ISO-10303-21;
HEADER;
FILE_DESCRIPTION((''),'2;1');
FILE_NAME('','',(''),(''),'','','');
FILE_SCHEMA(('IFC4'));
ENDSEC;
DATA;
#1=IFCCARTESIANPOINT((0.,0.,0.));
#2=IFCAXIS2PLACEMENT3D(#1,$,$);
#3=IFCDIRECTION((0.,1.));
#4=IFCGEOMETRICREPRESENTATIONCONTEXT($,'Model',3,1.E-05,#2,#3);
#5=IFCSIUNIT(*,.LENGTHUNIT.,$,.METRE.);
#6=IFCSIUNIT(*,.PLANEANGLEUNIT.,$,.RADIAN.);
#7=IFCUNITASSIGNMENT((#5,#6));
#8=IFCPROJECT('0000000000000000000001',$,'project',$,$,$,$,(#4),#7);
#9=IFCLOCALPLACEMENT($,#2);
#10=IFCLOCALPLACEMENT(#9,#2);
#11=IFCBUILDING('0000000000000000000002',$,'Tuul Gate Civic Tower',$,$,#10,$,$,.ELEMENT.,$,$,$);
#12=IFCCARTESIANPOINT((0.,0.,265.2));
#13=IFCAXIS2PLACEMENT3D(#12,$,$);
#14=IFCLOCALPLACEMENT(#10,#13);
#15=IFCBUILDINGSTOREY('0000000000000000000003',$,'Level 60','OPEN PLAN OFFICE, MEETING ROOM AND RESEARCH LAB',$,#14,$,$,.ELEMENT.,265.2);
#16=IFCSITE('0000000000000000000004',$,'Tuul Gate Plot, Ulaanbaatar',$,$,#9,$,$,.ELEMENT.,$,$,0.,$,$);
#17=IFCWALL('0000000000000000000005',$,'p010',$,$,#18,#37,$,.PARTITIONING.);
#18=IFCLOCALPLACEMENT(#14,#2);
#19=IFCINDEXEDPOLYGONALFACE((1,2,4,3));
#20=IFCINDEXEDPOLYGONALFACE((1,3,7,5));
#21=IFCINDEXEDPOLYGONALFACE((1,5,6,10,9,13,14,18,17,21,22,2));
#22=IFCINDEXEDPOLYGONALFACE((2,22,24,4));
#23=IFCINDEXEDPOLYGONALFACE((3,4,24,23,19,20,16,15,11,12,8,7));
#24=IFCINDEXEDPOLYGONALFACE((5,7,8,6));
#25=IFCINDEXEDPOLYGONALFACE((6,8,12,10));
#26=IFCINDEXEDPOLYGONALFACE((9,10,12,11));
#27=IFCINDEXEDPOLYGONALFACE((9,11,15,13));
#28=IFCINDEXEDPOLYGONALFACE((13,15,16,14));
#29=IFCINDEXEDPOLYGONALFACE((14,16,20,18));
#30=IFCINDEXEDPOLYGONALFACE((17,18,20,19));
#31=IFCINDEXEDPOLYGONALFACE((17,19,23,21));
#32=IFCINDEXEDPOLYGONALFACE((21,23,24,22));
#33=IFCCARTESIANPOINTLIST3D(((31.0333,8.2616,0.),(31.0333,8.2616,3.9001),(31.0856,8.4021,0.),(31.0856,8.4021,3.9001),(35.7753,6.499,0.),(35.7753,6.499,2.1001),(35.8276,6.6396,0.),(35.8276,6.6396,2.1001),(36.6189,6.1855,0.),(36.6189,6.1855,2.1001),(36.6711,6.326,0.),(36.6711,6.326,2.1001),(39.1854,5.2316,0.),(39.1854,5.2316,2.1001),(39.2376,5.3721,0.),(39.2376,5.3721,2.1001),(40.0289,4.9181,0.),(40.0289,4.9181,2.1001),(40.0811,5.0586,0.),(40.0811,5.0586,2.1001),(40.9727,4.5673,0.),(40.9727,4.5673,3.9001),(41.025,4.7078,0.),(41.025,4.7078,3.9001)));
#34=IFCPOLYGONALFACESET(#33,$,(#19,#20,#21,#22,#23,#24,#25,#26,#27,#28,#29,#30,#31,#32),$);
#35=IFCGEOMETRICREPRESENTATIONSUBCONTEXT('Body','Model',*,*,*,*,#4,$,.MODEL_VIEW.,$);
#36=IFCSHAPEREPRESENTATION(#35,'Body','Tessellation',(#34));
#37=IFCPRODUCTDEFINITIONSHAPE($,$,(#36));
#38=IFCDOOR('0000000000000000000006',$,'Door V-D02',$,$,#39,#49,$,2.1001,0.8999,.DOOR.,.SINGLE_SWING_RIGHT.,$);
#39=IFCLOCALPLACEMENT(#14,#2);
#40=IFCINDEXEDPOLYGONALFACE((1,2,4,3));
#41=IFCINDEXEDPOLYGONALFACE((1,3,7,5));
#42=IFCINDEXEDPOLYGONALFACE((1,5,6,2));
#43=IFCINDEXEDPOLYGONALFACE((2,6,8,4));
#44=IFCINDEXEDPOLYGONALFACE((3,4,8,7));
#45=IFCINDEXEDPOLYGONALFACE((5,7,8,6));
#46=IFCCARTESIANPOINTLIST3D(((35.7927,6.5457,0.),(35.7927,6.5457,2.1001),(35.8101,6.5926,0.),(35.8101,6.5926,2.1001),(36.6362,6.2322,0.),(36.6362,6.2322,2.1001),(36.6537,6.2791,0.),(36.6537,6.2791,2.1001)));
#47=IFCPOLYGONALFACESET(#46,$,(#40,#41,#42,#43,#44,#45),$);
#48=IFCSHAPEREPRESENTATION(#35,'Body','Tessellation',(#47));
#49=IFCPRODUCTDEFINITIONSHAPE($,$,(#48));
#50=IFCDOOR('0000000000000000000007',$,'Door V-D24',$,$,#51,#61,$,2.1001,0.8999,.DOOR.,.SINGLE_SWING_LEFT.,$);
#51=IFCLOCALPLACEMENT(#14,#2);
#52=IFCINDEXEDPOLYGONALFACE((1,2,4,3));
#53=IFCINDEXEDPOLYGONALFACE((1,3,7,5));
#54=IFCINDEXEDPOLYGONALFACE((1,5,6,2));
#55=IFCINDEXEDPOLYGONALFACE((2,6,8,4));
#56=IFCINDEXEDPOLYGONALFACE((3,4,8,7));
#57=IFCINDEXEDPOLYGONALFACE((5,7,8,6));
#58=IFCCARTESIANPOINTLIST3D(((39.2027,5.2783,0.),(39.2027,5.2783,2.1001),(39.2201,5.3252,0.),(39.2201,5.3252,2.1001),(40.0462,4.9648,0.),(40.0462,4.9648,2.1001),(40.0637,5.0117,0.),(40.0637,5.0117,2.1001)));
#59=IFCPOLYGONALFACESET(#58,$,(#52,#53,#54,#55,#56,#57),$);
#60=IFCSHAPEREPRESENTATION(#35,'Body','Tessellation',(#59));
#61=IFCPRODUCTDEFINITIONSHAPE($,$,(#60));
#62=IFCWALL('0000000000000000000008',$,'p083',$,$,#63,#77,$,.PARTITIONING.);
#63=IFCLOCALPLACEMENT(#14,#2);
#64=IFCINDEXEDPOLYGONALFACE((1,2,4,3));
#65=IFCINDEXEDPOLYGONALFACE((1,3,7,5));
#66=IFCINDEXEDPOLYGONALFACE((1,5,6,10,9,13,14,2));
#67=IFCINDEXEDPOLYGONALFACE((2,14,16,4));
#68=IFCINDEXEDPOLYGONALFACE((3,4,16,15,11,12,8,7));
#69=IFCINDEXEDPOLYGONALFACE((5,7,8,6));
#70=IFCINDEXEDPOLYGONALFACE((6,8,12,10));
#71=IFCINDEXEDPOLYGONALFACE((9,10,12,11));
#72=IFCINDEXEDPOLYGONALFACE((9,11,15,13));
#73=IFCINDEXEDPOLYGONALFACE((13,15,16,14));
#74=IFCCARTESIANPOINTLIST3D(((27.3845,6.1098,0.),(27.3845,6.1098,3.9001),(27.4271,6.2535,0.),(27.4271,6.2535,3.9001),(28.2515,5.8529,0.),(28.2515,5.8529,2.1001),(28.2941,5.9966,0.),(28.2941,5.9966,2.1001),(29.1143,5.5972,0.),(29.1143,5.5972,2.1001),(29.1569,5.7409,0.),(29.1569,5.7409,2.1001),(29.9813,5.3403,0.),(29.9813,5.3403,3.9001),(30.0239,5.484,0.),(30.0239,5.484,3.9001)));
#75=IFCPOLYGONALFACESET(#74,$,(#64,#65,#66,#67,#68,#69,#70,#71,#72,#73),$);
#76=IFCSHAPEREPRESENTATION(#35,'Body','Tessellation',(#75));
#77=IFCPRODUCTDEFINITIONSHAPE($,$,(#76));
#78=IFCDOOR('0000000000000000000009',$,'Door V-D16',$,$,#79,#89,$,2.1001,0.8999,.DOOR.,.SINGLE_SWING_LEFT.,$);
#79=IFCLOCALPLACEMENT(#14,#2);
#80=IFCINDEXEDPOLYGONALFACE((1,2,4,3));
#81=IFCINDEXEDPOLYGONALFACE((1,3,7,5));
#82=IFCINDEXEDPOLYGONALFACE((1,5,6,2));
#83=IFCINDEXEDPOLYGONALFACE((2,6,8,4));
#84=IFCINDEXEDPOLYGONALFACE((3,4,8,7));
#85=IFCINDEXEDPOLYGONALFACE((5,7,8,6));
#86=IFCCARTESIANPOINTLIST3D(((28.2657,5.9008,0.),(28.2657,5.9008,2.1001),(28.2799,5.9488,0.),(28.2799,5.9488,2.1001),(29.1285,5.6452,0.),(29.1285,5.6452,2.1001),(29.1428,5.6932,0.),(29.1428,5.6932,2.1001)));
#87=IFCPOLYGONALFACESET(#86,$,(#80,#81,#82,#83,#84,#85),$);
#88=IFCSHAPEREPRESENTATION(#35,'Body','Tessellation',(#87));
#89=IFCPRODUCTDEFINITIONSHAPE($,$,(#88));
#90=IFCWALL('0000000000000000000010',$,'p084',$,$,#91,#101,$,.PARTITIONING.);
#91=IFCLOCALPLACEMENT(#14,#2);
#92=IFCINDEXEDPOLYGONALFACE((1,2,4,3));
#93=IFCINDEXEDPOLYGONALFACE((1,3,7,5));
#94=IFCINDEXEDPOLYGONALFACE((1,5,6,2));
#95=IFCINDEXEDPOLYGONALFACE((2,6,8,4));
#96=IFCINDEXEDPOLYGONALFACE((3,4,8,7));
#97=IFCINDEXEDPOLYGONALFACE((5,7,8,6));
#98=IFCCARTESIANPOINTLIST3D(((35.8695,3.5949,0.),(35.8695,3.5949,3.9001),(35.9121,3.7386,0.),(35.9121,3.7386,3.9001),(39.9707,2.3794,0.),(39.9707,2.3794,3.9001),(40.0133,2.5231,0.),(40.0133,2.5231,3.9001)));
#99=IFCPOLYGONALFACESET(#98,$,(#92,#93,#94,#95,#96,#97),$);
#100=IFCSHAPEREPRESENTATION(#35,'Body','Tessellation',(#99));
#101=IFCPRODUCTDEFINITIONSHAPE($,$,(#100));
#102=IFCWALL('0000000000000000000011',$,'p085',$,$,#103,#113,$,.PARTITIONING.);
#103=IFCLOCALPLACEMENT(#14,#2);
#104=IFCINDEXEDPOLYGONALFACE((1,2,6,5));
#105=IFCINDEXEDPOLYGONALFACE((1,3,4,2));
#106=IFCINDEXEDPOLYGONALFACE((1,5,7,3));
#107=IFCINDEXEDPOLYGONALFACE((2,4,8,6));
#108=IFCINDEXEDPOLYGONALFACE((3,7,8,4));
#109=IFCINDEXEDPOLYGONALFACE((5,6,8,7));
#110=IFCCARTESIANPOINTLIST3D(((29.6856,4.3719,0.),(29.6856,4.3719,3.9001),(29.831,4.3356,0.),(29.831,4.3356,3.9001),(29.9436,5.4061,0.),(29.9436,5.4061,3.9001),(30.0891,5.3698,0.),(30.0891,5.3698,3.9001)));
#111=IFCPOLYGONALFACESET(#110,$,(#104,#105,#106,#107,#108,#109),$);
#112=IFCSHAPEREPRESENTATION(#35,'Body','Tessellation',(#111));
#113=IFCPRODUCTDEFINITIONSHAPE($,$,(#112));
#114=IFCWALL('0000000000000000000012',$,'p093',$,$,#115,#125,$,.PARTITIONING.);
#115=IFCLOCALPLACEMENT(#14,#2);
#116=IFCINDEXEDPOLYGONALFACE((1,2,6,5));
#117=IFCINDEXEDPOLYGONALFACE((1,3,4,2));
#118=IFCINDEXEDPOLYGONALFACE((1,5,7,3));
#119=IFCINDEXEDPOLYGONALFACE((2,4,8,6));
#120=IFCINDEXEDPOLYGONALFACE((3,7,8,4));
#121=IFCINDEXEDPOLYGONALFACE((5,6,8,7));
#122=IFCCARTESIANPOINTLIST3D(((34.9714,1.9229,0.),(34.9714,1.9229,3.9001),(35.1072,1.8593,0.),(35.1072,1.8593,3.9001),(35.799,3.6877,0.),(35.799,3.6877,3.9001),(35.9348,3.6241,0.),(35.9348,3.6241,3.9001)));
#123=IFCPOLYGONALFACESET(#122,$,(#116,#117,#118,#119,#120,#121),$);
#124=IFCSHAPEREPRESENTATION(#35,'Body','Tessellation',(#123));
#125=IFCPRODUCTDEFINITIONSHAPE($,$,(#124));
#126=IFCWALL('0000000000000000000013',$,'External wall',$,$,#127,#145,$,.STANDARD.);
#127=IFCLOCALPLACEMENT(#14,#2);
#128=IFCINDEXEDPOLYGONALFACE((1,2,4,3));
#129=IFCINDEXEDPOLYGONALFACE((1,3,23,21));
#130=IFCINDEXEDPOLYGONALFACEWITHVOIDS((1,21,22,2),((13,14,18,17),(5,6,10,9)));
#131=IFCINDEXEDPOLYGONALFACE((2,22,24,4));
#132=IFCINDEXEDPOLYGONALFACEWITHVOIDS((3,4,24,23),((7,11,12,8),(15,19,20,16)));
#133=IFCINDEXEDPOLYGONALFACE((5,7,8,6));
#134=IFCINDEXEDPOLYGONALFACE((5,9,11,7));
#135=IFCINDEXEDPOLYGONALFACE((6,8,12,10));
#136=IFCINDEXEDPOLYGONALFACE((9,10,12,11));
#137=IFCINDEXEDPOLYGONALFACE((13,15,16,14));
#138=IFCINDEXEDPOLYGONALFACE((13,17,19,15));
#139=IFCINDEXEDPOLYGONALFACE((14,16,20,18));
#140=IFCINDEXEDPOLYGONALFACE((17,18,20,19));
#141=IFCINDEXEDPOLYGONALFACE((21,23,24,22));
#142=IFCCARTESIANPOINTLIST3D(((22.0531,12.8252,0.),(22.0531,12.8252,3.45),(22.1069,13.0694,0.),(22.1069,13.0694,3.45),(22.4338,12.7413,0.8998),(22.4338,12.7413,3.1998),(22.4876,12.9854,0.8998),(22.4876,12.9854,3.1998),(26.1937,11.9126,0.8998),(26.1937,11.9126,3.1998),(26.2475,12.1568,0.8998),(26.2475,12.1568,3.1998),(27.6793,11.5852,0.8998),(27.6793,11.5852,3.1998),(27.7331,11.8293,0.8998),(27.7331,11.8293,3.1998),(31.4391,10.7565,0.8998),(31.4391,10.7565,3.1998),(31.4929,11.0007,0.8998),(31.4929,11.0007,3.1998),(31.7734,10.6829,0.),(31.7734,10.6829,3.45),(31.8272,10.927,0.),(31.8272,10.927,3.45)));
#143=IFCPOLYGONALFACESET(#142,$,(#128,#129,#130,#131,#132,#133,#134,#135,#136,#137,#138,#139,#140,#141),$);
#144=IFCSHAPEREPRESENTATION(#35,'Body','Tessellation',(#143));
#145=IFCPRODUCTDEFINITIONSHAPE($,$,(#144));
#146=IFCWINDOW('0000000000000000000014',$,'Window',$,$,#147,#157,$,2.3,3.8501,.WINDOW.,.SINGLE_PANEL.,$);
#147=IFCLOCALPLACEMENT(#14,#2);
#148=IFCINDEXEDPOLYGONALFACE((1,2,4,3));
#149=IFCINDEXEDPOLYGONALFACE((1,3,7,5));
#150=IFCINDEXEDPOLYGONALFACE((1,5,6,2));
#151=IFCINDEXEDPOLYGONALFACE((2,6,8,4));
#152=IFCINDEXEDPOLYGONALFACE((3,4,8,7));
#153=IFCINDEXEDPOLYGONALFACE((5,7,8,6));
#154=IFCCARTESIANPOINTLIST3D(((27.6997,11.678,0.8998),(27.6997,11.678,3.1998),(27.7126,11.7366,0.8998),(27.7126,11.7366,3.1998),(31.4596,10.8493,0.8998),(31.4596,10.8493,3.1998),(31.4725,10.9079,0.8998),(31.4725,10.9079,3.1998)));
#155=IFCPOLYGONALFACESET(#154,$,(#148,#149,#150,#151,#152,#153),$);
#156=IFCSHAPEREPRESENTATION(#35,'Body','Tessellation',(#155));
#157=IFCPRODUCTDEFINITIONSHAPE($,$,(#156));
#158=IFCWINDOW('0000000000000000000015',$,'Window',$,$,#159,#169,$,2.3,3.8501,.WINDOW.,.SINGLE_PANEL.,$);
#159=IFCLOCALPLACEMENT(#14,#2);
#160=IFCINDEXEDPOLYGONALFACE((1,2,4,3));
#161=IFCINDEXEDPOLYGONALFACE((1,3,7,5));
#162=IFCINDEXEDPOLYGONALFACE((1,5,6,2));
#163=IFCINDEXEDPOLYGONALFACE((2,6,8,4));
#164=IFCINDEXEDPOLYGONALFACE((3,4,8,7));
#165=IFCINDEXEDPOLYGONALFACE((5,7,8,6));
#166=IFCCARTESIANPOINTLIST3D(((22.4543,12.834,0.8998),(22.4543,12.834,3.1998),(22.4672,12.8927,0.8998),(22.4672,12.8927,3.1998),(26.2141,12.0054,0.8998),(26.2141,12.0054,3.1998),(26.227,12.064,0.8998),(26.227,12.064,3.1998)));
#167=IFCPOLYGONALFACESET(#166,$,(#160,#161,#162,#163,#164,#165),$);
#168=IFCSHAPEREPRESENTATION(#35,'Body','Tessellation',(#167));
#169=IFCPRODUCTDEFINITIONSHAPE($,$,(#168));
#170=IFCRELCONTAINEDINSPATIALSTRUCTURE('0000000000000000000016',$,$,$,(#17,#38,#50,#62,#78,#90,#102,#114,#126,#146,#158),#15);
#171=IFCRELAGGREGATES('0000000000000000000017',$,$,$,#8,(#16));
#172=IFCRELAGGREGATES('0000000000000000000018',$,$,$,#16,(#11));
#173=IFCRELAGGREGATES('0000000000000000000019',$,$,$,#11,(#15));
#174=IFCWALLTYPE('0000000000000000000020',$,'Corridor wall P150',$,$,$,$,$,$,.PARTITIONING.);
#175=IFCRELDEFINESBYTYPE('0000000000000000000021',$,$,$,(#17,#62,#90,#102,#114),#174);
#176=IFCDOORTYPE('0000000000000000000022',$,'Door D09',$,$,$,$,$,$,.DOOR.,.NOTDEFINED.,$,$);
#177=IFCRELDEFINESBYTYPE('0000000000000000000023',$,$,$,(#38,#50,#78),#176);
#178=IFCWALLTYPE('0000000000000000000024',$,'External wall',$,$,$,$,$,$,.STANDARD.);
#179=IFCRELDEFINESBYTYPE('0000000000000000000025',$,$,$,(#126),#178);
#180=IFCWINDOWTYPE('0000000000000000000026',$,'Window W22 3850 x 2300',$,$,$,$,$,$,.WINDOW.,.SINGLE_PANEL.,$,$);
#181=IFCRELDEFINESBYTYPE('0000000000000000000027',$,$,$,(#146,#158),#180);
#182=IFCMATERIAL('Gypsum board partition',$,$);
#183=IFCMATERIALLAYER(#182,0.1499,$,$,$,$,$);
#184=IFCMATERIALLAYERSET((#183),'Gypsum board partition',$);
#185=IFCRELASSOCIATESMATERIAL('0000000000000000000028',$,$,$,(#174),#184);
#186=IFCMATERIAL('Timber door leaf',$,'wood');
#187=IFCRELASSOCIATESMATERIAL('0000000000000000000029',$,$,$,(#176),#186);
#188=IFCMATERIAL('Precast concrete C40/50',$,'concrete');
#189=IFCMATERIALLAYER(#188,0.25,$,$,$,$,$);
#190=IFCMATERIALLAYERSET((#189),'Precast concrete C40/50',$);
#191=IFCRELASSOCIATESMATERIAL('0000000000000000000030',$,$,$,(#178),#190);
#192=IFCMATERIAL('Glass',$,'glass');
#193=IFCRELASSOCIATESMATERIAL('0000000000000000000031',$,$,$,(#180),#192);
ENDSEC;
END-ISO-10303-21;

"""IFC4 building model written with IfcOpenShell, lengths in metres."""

from ifc_helpers import new_model, si_unit, direction, frame, frame_2d, origin, place, context, subcontext, project, spatial, rectangle, extrude, material, layer, layer_set, type_object, element, fill, save


model = new_model("IFC4")

# Units and contexts
model_context = context("Model", 3, precision=1e-05, world=origin(), true_north=direction((0.0, 1.0)))
body_context = subcontext(model_context, "Body", "Model", "MODEL_VIEW")
ifc_project = project(units=[si_unit("LENGTHUNIT", "METRE"), si_unit("PLANEANGLEUNIT", "RADIAN")], contexts=[model_context])

# Site, building, storey
site_placement = place(None, origin())
site = spatial("IfcSite", under=ifc_project, at=site_placement, Name="Tuul Gate Plot, Ulaanbaatar", CompositionType="ELEMENT", RefElevation=0.0)
building_placement = place(site_placement, origin())
building = spatial("IfcBuilding", under=site, at=building_placement, Name="Tuul Gate Civic Tower", CompositionType="ELEMENT")
storey_placement = place(building_placement, frame((0.0, 0.0, 265.2)))
storey = spatial("IfcBuildingStorey", under=building, at=storey_placement, Name="Level 60", Description="OPEN PLAN OFFICE, MEETING ROOM AND RESEARCH LAB", CompositionType="ELEMENT", Elevation=265.2)

# Wall, openings, doors
ifc_material_1 = material(Name="Gypsum board partition")
ifc_layer_1 = layer(ifc_material_1, 0.1499)
ifc_layer_set_1 = layer_set([ifc_layer_1], Name="Gypsum board partition")
wall_type_1 = type_object("IfcWallType", Name="Corridor wall P150", PredefinedType="PARTITIONING", material=ifc_layer_set_1)
wall_1_placement = place(storey_placement, frame((31.0596, 8.3318, 0.0), z_axis=(0.0, 0.0, 1.0), x_axis=(0.937347, -0.348397, 0.0)))
wall_1 = element("IfcWall", 1, at=wall_1_placement, inside=storey, type_object=wall_type_1, Name="p010", PredefinedType="PARTITIONING", context=body_context, shape_type="SweptSolid", body=[
    extrude(rectangle(XDim=10.6038, YDim=0.1499, at=frame_2d((5.3018, 0.0))), origin(), (0.0, 0.0, 1.0), 3.9001),
])
opening_1_placement = place(wall_1_placement, frame((5.0588, 0.0, 0.0)))
opening_1 = element("IfcOpeningElement", 2, at=opening_1_placement, cuts=wall_1, PredefinedType="OPENING", context=body_context, shape_type="SweptSolid", body=[
    extrude(rectangle(XDim=0.8999, YDim=2.1001, at=frame_2d((0.45, 1.05))), frame((0.0, 0.085, 0.0), z_axis=(0.0, -1.0, 0.0), x_axis=(1.0, 0.0, 0.0)), (0.0, 0.0, 1.0), 0.1699),
])
opening_2_placement = place(wall_1_placement, frame((8.6968, 0.0, 0.0)))
opening_2 = element("IfcOpeningElement", 3, at=opening_2_placement, cuts=wall_1, PredefinedType="OPENING", context=body_context, shape_type="SweptSolid", body=[
    extrude(rectangle(XDim=0.8999, YDim=2.1001, at=frame_2d((0.45, 1.05))), frame((0.0, 0.085, 0.0), z_axis=(0.0, -1.0, 0.0), x_axis=(1.0, 0.0, 0.0)), (0.0, 0.0, 1.0), 0.1699),
])
ifc_material_2 = material(Name="Timber door leaf", Category="wood")
door_type = type_object("IfcDoorType", Name="Door D09", OperationType="NOTDEFINED", PredefinedType="DOOR", material=ifc_material_2)
door_1_placement = place(opening_1_placement, origin())
door_1 = element("IfcDoor", 4, at=door_1_placement, inside=storey, type_object=door_type, Name="Door V-D02", OperationType="SINGLE_SWING_RIGHT", OverallHeight=2.1001, OverallWidth=0.8999, PredefinedType="DOOR", context=body_context, shape_type="SweptSolid", body=[
    extrude(rectangle(XDim=0.8999, YDim=2.1001, at=frame_2d((0.45, 1.05))), frame((0.0, 0.0249, 0.0), z_axis=(0.0, -1.0, 0.0), x_axis=(1.0, 0.0, 0.0)), (0.0, 0.0, 1.0), 0.05),
])
fill(opening_1, door_1)
door_2_placement = place(opening_2_placement, origin())
door_2 = element("IfcDoor", 5, at=door_2_placement, inside=storey, type_object=door_type, Name="Door V-D24", OperationType="SINGLE_SWING_LEFT", OverallHeight=2.1001, OverallWidth=0.8999, PredefinedType="DOOR", context=body_context, shape_type="SweptSolid", body=[
    extrude(rectangle(XDim=0.8999, YDim=2.1001, at=frame_2d((0.45, 1.05))), frame((0.0, 0.0249, 0.0), z_axis=(0.0, -1.0, 0.0), x_axis=(1.0, 0.0, 0.0)), (0.0, 0.0, 1.0), 0.05),
])
fill(opening_2, door_2)

# Wall, opening, door
wall_2_placement = place(storey_placement, frame((27.4058, 6.1816, 0.0), z_axis=(0.0, 0.0, 1.0), x_axis=(0.958791, -0.284113, 0.0)))
wall_2 = element("IfcWall", 6, at=wall_2_placement, inside=storey, type_object=wall_type_1, Name="p083", PredefinedType="PARTITIONING", context=body_context, shape_type="SweptSolid", body=[
    extrude(rectangle(XDim=2.7085, YDim=0.1499, at=frame_2d((1.3542, 0.0))), origin(), (0.0, 0.0, 1.0), 3.9001),
])
opening_3_placement = place(wall_2_placement, frame((0.9043, 0.0, 0.0)))
opening_3 = element("IfcOpeningElement", 7, at=opening_3_placement, cuts=wall_2, PredefinedType="OPENING", context=body_context, shape_type="SweptSolid", body=[
    extrude(rectangle(XDim=0.8999, YDim=2.1001, at=frame_2d((0.45, 1.05))), frame((0.0, 0.085, 0.0), z_axis=(0.0, -1.0, 0.0), x_axis=(1.0, 0.0, 0.0)), (0.0, 0.0, 1.0), 0.1699),
])
door_3_placement = place(opening_3_placement, frame((0.8999, 0.0, 0.0), z_axis=(0.0, 0.0, 1.0), x_axis=(-1.0, 0.0, 0.0)))
door_3 = element("IfcDoor", 8, at=door_3_placement, inside=storey, type_object=door_type, Name="Door V-D16", OperationType="SINGLE_SWING_LEFT", OverallHeight=2.1001, OverallWidth=0.8999, PredefinedType="DOOR", context=body_context, shape_type="SweptSolid", body=[
    extrude(rectangle(XDim=0.8999, YDim=2.1001, at=frame_2d((0.45, 1.05))), frame((0.0, 0.0249, 0.0), z_axis=(0.0, -1.0, 0.0), x_axis=(1.0, 0.0, 0.0)), (0.0, 0.0, 1.0), 0.05),
])
fill(opening_3, door_3)

# Walls
wall_3_placement = place(storey_placement, frame((35.8909, 3.6667, 0.0), z_axis=(0.0, 0.0, 1.0), x_axis=(0.958775, -0.284168, 0.0)))
element("IfcWall", 9, at=wall_3_placement, inside=storey, type_object=wall_type_1, Name="p084", PredefinedType="PARTITIONING", context=body_context, shape_type="SweptSolid", body=[
    extrude(rectangle(XDim=4.2776, YDim=0.1499, at=frame_2d((2.1387, 0.0))), origin(), (0.0, 0.0, 1.0), 3.9001),
])
wall_4_placement = place(storey_placement, frame((29.7583, 4.3538, 0.0), z_axis=(0.0, 0.0, 1.0), x_axis=(0.242104, 0.97025, 0.0)))
element("IfcWall", 10, at=wall_4_placement, inside=storey, type_object=wall_type_1, Name="p085", PredefinedType="PARTITIONING", context=body_context, shape_type="SweptSolid", body=[
    extrude(rectangle(XDim=1.0659, YDim=0.1499, at=frame_2d((0.533, 0.0))), origin(), (0.0, 0.0, 1.0), 3.9001),
])
wall_5_placement = place(storey_placement, frame((35.0393, 1.8911, 0.0), z_axis=(0.0, 0.0, 1.0), x_axis=(0.424578, 0.905391, 0.0)))
element("IfcWall", 11, at=wall_5_placement, inside=storey, type_object=wall_type_1, Name="p093", PredefinedType="PARTITIONING", context=body_context, shape_type="SweptSolid", body=[
    extrude(rectangle(XDim=1.9492, YDim=0.1499, at=frame_2d((0.9746, 0.0))), origin(), (0.0, 0.0, 1.0), 3.9001),
])

# Wall, openings, windows
ifc_material_3 = material(Name="Precast concrete C40/50", Category="concrete")
ifc_layer_2 = layer(ifc_material_3, 0.25)
ifc_layer_set_2 = layer_set([ifc_layer_2], Name="Precast concrete C40/50")
wall_type_2 = type_object("IfcWallType", Name="External wall", PredefinedType="STANDARD", material=ifc_layer_set_2)
wall_6_placement = place(storey_placement, frame((31.8003, 10.8049, 0.0), z_axis=(0.0, 0.0, 1.0), x_axis=(-0.976562, 0.215234, 0.0)))
wall_6 = element("IfcWall", 12, at=wall_6_placement, inside=storey, type_object=wall_type_2, Name="External wall", PredefinedType="STANDARD", context=body_context, shape_type="SweptSolid", body=[
    extrude(rectangle(XDim=9.9536, YDim=0.25, at=frame_2d((4.9768, 0.0))), origin(), (0.0, 0.0, 1.0), 3.45),
])
opening_4_placement = place(wall_6_placement, frame((0.3423, 0.0, 0.8999)))
opening_4 = element("IfcOpeningElement", 13, at=opening_4_placement, cuts=wall_6, PredefinedType="OPENING", context=body_context, shape_type="SweptSolid", body=[
    extrude(rectangle(XDim=3.8501, YDim=2.3, at=frame_2d((1.925, 1.1499))), frame((0.0, 0.135, 0.0), z_axis=(0.0, -1.0, 0.0), x_axis=(1.0, 0.0, 0.0)), (0.0, 0.0, 1.0), 0.27),
])
opening_5_placement = place(wall_6_placement, frame((5.7136, 0.0, 0.8999)))
opening_5 = element("IfcOpeningElement", 14, at=opening_5_placement, cuts=wall_6, PredefinedType="OPENING", context=body_context, shape_type="SweptSolid", body=[
    extrude(rectangle(XDim=3.8501, YDim=2.3, at=frame_2d((1.925, 1.1499))), frame((0.0, 0.135, 0.0), z_axis=(0.0, -1.0, 0.0), x_axis=(1.0, 0.0, 0.0)), (0.0, 0.0, 1.0), 0.27),
])
ifc_material_4 = material(Name="Glass", Category="glass")
window_type = type_object("IfcWindowType", Name="Window W22 3850 x 2300", PartitioningType="SINGLE_PANEL", PredefinedType="WINDOW", material=ifc_material_4)
window_1_placement = place(opening_4_placement, origin())
window_1 = element("IfcWindow", 15, at=window_1_placement, inside=storey, type_object=window_type, Name="Window", OverallHeight=2.3, OverallWidth=3.8501, PartitioningType="SINGLE_PANEL", PredefinedType="WINDOW", context=body_context, shape_type="SweptSolid", body=[
    extrude(rectangle(XDim=3.8501, YDim=2.3, at=frame_2d((1.925, 1.1499))), frame((0.0, 0.03, 0.0), z_axis=(0.0, -1.0, 0.0), x_axis=(1.0, 0.0, 0.0)), (0.0, 0.0, 1.0), 0.0601),
])
fill(opening_4, window_1)
window_2_placement = place(opening_5_placement, origin())
window_2 = element("IfcWindow", 16, at=window_2_placement, inside=storey, type_object=window_type, Name="Window", OverallHeight=2.3, OverallWidth=3.8501, PartitioningType="SINGLE_PANEL", PredefinedType="WINDOW", context=body_context, shape_type="SweptSolid", body=[
    extrude(rectangle(XDim=3.8501, YDim=2.3, at=frame_2d((1.925, 1.1499))), frame((0.0, 0.03, 0.0), z_axis=(0.0, -1.0, 0.0), x_axis=(1.0, 0.0, 0.0)), (0.0, 0.0, 1.0), 0.0601),
])
fill(opening_5, window_2)

save(model, "model.ifc")
